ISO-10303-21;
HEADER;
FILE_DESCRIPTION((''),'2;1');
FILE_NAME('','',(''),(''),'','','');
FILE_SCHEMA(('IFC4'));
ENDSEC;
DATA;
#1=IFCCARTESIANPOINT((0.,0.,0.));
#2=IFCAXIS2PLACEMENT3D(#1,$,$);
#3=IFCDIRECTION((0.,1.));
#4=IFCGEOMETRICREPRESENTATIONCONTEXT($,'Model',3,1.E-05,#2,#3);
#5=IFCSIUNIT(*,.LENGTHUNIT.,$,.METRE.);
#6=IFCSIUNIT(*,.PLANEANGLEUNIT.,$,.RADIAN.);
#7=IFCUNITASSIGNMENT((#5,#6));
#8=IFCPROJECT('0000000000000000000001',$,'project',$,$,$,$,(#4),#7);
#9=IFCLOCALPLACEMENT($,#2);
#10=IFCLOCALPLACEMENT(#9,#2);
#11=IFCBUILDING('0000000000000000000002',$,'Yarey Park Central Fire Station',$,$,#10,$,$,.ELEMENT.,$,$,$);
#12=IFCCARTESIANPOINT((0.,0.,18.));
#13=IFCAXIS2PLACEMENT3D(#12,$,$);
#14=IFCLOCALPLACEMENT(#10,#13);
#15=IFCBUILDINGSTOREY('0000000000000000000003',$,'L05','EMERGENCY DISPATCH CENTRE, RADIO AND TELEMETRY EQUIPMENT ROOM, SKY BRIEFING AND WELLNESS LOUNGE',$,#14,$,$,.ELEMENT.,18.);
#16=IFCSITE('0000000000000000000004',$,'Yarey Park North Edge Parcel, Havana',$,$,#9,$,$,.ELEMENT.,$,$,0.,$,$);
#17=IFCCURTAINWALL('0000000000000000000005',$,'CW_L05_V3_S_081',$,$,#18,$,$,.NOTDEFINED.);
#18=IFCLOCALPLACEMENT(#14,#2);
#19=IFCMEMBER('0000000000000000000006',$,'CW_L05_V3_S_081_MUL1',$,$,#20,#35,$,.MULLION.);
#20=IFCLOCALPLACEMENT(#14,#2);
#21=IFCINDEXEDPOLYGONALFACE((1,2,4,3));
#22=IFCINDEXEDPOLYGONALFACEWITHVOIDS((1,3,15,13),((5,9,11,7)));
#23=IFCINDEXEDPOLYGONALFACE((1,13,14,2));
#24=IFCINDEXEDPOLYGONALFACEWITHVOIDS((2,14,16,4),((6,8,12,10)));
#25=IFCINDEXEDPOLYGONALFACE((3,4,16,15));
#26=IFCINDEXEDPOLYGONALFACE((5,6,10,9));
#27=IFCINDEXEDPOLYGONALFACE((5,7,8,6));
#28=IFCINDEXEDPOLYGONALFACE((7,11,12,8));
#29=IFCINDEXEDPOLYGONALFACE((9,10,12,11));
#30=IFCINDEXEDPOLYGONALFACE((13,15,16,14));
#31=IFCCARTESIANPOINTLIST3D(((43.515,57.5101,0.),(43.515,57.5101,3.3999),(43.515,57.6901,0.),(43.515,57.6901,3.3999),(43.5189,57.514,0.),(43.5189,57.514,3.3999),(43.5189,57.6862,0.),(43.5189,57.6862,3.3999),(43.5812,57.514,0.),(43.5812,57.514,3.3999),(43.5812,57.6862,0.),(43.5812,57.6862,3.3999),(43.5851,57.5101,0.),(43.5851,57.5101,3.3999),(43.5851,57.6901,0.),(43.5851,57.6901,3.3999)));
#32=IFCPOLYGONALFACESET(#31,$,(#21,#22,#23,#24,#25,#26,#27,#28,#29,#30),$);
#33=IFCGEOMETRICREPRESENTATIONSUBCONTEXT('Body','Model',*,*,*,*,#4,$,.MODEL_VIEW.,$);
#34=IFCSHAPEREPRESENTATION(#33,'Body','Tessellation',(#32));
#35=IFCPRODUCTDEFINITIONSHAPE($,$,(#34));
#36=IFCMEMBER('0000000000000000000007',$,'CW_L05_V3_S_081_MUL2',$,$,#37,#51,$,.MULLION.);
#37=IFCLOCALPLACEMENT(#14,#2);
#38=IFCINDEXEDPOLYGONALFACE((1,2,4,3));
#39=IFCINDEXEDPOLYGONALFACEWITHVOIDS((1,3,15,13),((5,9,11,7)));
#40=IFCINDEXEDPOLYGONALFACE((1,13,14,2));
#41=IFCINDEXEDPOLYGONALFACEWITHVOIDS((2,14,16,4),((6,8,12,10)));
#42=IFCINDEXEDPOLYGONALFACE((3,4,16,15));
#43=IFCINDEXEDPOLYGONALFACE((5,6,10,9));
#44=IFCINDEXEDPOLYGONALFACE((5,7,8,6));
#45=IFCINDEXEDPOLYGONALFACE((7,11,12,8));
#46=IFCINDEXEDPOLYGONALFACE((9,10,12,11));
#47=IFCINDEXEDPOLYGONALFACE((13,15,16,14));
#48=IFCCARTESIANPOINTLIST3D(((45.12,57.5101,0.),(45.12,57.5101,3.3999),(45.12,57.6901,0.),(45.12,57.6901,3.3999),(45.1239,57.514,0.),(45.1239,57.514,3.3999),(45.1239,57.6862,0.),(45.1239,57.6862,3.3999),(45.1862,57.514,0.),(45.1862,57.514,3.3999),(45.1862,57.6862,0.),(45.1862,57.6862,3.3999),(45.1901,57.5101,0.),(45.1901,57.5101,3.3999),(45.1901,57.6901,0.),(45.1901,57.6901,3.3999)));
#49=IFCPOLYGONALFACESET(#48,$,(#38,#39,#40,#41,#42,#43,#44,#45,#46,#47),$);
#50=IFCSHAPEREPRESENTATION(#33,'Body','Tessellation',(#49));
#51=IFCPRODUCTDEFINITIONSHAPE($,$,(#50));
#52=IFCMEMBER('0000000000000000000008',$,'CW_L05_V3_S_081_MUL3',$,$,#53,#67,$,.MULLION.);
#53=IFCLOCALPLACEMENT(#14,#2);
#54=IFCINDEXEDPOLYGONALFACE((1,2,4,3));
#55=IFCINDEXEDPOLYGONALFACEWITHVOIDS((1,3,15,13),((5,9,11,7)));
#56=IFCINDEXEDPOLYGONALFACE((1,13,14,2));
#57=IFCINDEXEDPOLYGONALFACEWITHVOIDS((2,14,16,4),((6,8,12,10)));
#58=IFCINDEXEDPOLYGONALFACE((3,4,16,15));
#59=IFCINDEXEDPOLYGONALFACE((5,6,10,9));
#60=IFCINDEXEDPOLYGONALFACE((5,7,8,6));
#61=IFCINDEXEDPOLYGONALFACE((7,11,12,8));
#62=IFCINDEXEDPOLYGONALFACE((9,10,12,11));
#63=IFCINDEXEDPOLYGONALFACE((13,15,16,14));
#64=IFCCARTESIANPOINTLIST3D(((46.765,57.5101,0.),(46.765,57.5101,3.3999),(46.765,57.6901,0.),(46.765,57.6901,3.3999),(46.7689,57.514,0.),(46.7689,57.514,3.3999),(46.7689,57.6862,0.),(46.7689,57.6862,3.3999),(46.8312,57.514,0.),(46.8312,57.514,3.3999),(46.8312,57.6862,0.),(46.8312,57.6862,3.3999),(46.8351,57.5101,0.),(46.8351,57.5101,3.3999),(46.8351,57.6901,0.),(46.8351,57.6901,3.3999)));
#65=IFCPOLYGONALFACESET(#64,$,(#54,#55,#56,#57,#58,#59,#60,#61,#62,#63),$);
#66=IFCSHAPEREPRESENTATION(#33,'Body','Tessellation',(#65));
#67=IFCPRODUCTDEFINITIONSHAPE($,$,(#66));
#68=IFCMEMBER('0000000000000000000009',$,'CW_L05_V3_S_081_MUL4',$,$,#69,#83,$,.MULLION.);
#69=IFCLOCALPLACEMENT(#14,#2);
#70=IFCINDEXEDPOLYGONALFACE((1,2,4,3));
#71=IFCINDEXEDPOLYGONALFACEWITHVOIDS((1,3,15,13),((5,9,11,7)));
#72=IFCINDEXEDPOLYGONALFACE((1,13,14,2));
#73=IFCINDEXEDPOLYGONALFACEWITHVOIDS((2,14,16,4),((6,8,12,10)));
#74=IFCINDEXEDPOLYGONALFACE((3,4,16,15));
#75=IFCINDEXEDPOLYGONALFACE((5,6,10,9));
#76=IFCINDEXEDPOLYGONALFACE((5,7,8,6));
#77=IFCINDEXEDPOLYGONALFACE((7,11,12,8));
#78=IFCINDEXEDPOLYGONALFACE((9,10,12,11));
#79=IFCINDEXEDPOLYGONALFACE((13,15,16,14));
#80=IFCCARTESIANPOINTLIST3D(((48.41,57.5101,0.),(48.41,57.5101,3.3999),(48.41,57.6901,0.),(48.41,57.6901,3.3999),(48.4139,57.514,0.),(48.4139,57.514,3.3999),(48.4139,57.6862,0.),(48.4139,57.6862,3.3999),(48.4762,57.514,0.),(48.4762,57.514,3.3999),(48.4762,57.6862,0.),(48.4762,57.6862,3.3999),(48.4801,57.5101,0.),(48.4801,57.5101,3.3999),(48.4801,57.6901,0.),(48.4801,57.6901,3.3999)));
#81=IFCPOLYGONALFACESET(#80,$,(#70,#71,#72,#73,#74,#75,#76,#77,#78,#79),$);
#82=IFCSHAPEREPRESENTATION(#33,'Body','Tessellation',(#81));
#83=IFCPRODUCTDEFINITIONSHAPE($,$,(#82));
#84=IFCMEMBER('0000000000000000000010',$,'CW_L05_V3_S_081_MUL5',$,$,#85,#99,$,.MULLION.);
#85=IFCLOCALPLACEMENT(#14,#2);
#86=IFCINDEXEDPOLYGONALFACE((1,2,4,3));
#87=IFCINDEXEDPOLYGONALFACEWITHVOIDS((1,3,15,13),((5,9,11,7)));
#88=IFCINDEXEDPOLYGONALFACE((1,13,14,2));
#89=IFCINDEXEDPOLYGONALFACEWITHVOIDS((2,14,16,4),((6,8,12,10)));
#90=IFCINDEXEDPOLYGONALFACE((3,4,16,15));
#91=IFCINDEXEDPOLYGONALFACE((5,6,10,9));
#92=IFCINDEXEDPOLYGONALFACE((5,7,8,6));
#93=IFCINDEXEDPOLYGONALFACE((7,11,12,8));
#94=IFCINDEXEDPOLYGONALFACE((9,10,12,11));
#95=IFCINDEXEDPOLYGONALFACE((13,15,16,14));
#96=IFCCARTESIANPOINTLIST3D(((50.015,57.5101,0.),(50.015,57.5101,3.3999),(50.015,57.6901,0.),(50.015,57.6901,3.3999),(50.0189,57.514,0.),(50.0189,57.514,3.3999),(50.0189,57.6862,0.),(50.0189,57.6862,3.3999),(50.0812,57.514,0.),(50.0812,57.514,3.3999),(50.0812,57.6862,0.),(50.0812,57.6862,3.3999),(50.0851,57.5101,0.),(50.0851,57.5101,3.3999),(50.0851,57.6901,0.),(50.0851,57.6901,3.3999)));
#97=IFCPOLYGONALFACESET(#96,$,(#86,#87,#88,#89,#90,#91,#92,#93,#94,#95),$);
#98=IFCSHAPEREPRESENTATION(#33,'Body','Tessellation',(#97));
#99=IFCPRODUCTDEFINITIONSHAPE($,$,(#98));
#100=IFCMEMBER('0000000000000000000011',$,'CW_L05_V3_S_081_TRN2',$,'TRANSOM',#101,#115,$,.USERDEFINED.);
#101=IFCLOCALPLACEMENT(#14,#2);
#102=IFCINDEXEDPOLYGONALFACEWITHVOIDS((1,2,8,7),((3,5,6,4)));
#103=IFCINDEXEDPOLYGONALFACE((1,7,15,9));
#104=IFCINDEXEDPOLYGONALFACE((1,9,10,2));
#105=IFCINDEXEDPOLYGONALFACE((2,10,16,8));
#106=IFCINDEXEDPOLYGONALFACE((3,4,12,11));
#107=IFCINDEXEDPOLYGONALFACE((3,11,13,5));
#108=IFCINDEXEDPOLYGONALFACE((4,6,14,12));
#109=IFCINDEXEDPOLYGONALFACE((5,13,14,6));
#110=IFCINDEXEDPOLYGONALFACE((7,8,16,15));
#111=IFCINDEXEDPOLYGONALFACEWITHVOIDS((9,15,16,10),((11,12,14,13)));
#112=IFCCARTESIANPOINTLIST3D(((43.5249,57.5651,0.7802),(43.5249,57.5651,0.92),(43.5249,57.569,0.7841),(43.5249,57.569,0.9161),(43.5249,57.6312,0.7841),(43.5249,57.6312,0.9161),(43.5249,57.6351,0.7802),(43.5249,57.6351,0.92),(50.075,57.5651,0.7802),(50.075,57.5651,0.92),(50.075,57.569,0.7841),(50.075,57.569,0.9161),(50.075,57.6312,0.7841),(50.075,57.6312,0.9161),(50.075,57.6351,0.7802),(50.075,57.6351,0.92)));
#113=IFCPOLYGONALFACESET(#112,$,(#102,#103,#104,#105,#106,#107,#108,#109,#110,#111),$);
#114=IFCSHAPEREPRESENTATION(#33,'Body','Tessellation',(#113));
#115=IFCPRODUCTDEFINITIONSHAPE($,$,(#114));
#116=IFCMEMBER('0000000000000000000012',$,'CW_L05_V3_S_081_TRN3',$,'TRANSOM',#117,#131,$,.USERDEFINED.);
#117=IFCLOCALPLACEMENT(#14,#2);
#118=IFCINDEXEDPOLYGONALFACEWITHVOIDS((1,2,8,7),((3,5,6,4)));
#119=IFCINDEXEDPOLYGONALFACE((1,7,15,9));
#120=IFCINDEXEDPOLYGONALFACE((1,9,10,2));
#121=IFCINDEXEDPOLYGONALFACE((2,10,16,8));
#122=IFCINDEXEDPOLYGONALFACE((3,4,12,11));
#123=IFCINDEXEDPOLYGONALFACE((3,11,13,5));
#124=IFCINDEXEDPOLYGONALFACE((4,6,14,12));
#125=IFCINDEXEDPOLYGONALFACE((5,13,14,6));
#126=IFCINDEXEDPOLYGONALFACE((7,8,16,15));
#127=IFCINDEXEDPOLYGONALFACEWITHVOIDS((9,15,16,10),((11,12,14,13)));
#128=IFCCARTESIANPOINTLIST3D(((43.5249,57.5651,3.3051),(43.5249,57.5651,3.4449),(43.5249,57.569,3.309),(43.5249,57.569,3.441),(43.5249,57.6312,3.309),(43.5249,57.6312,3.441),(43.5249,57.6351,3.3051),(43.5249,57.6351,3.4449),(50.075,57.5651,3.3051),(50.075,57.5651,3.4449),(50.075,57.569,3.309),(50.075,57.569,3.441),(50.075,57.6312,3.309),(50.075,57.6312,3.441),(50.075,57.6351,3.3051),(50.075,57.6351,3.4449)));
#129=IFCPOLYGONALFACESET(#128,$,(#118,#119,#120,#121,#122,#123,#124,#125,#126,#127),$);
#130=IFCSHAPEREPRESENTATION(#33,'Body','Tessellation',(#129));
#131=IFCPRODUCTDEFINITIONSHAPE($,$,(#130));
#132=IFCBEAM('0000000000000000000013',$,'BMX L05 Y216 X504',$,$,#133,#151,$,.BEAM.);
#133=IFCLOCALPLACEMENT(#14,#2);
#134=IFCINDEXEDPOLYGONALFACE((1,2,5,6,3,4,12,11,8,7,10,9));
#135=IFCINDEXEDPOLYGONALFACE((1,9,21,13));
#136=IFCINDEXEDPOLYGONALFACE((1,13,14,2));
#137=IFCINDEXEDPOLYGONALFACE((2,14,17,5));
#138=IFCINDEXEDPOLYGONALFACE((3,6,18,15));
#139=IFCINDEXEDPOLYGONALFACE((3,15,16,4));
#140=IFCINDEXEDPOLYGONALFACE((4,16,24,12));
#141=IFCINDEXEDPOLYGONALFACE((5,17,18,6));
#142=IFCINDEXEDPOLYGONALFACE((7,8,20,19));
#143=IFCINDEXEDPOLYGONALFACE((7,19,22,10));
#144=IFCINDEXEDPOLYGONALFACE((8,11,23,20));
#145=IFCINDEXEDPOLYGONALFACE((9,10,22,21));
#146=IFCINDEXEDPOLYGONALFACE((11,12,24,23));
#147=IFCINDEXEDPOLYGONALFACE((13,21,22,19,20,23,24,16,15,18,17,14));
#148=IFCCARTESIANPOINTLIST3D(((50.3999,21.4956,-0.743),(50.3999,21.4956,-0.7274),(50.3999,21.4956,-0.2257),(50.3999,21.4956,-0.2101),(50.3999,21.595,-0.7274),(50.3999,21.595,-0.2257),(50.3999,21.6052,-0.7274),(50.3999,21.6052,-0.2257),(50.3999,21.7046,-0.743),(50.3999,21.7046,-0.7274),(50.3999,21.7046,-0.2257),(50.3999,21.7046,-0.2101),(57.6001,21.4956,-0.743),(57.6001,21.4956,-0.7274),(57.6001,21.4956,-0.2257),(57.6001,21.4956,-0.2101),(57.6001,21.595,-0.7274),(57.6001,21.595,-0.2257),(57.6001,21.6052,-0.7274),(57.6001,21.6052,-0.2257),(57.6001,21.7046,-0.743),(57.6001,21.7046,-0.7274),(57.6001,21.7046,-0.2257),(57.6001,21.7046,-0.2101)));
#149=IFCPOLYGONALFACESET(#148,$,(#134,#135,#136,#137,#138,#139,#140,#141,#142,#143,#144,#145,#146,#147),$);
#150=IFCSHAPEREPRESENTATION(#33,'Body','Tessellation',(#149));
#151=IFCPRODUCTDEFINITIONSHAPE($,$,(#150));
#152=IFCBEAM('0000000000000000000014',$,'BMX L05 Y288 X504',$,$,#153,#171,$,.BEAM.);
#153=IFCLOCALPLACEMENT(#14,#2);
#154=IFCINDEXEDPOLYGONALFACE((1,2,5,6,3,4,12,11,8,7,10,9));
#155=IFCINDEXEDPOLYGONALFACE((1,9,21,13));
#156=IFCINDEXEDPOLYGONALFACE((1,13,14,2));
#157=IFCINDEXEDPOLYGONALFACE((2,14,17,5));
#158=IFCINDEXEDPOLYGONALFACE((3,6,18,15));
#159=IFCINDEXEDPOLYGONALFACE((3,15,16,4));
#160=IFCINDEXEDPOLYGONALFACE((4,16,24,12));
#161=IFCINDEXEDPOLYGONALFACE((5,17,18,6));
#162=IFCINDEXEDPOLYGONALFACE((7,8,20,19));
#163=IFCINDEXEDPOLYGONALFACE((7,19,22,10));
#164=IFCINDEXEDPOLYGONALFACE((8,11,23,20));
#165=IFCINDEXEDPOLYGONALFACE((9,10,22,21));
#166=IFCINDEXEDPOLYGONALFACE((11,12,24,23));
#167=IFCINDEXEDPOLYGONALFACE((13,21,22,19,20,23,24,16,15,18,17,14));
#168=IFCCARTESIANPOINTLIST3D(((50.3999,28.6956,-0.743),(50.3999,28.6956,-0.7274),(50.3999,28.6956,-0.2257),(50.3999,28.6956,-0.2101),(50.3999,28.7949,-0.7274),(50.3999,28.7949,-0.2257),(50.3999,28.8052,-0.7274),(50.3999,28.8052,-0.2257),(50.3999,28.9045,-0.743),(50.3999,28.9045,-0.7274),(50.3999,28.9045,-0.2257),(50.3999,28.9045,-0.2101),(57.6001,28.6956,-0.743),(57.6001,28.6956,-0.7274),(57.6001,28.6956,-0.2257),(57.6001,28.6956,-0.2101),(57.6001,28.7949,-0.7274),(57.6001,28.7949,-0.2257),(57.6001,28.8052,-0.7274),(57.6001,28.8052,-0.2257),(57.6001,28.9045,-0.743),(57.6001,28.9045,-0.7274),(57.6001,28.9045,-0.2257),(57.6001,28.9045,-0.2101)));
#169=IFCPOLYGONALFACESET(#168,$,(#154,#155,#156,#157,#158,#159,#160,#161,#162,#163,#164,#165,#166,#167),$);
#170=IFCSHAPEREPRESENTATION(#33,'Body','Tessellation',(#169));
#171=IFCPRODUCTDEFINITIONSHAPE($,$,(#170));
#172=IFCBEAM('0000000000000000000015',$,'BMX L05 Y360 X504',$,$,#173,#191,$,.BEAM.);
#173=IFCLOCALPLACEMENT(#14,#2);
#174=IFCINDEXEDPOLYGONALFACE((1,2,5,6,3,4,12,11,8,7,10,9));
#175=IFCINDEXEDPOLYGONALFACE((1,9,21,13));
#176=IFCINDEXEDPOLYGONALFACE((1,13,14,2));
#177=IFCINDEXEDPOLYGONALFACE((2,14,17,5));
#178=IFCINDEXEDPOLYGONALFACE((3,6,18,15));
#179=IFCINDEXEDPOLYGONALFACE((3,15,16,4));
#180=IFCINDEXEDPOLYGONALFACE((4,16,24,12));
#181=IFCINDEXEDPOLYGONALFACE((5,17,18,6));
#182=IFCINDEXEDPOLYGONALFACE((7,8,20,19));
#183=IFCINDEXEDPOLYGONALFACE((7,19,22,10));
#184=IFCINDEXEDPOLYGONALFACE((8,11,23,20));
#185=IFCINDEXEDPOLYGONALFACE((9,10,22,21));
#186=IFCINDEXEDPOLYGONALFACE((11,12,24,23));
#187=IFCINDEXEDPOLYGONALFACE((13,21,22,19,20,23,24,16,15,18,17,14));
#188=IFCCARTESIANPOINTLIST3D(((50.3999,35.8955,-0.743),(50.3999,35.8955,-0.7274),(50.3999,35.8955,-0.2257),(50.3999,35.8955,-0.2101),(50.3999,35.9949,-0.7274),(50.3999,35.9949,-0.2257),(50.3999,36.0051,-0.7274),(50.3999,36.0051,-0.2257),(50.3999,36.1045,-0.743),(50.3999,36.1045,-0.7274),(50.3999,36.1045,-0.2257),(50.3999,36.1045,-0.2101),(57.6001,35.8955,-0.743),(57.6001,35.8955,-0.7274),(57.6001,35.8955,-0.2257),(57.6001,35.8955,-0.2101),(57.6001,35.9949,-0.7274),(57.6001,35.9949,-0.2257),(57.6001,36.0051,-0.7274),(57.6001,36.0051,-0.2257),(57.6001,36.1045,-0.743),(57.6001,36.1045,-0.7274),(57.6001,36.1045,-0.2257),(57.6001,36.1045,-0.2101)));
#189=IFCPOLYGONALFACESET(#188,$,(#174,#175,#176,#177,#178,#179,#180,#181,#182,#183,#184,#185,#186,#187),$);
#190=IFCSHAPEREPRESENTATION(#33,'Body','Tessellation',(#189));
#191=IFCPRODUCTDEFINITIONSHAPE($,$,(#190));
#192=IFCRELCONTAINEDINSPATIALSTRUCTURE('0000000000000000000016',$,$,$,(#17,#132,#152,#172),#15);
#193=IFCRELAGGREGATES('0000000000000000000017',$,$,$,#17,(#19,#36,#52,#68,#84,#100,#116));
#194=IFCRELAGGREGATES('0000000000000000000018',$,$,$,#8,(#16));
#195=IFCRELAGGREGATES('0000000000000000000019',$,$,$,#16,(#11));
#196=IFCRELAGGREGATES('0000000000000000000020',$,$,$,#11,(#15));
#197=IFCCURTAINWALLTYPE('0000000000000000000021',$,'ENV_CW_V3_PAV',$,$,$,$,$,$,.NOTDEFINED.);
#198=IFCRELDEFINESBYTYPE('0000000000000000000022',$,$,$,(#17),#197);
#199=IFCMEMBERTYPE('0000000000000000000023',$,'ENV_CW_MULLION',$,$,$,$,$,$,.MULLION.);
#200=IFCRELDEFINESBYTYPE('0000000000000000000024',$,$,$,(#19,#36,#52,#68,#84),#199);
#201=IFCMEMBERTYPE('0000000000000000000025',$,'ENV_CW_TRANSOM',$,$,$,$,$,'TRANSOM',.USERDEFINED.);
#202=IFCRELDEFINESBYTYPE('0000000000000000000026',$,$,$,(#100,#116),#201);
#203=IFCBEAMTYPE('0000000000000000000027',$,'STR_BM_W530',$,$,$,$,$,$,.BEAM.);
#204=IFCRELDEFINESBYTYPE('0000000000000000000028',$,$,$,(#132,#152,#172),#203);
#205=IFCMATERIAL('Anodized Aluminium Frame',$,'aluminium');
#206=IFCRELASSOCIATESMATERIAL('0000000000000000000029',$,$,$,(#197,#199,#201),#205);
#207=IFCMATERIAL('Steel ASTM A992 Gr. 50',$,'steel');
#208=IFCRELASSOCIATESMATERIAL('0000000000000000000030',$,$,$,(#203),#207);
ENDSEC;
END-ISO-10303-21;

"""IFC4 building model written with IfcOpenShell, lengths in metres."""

from ifc_helpers import new_model, si_unit, direction, frame, origin, origin_2d, place, context, subcontext, project, spatial, hollow_rectangle, i_section, extrude, material, material_profile, profile_set, type_object, element, aggregate, save


model = new_model("IFC4")

# Units and contexts
model_context = context("Model", 3, precision=1e-05, world=origin(), true_north=direction((0.0, 1.0)))
body_context = subcontext(model_context, "Body", "Model", "MODEL_VIEW")
ifc_project = project(units=[si_unit("LENGTHUNIT", "METRE"), si_unit("PLANEANGLEUNIT", "RADIAN")], contexts=[model_context])

# Site, building, storey
site_placement = place(None, origin())
site = spatial("IfcSite", under=ifc_project, at=site_placement, Name="Yarey Park North Edge Parcel, Havana", CompositionType="ELEMENT", RefElevation=0.0)
building_placement = place(site_placement, origin())
building = spatial("IfcBuilding", under=site, at=building_placement, Name="Yarey Park Central Fire Station", CompositionType="ELEMENT")
storey_placement = place(building_placement, frame((0.0, 0.0, 18.0)))
storey = spatial("IfcBuildingStorey", under=building, at=storey_placement, Name="L05", Description="EMERGENCY DISPATCH CENTRE, RADIO AND TELEMETRY EQUIPMENT ROOM, SKY BRIEFING AND WELLNESS LOUNGE", CompositionType="ELEMENT", Elevation=18.0)

# Curtain wall, members
ifc_material_1 = material(Name="Anodized Aluminium Frame", Category="aluminium")
curtain_wall_type = type_object("IfcCurtainWallType", Name="ENV_CW_V3_PAV", PredefinedType="NOTDEFINED", material=ifc_material_1)
curtain_wall_placement = place(storey_placement, origin())
curtain_wall = element("IfcCurtainWall", 1, at=curtain_wall_placement, inside=storey, type_object=curtain_wall_type, Name="CW_L05_V3_S_081", PredefinedType="NOTDEFINED")
ifc_material_profile_1 = material_profile(ifc_material_1, hollow_rectangle(XDim=0.0701, YDim=0.1799, WallThickness=0.0039, at=origin_2d()), Name="ALU 180x70x4")
ifc_profile_set_1 = profile_set([ifc_material_profile_1], Name="Anodized Aluminium Frame")
member_type_1 = type_object("IfcMemberType", Name="ENV_CW_MULLION", PredefinedType="MULLION", material=ifc_profile_set_1)
member_1_placement = place(storey_placement, frame((43.55, 57.6001, 0.0), z_axis=(0.0, 0.0, 1.0), x_axis=(1.0, 0.0, 0.0)))
member_1 = element("IfcMember", 2, at=member_1_placement, type_object=member_type_1, Name="CW_L05_V3_S_081_MUL1", PredefinedType="MULLION", context=body_context, shape_type="SweptSolid", body=[
    extrude(hollow_rectangle(XDim=0.0701, YDim=0.1799, WallThickness=0.0039, at=origin_2d()), origin(), (0.0, 0.0, 1.0), 3.3999),
])
member_2_placement = place(storey_placement, frame((45.155, 57.6001, 0.0), z_axis=(0.0, 0.0, 1.0), x_axis=(1.0, 0.0, 0.0)))
member_2 = element("IfcMember", 3, at=member_2_placement, type_object=member_type_1, Name="CW_L05_V3_S_081_MUL2", PredefinedType="MULLION", context=body_context, shape_type="SweptSolid", body=[
    extrude(hollow_rectangle(XDim=0.0701, YDim=0.1799, WallThickness=0.0039, at=origin_2d()), origin(), (0.0, 0.0, 1.0), 3.3999),
])
member_3_placement = place(storey_placement, frame((46.8, 57.6001, 0.0), z_axis=(0.0, 0.0, 1.0), x_axis=(1.0, 0.0, 0.0)))
member_3 = element("IfcMember", 4, at=member_3_placement, type_object=member_type_1, Name="CW_L05_V3_S_081_MUL3", PredefinedType="MULLION", context=body_context, shape_type="SweptSolid", body=[
    extrude(hollow_rectangle(XDim=0.0701, YDim=0.1799, WallThickness=0.0039, at=origin_2d()), origin(), (0.0, 0.0, 1.0), 3.3999),
])
member_4_placement = place(storey_placement, frame((48.4451, 57.6001, 0.0), z_axis=(0.0, 0.0, 1.0), x_axis=(1.0, 0.0, 0.0)))
member_4 = element("IfcMember", 5, at=member_4_placement, type_object=member_type_1, Name="CW_L05_V3_S_081_MUL4", PredefinedType="MULLION", context=body_context, shape_type="SweptSolid", body=[
    extrude(hollow_rectangle(XDim=0.0701, YDim=0.1799, WallThickness=0.0039, at=origin_2d()), origin(), (0.0, 0.0, 1.0), 3.3999),
])
member_5_placement = place(storey_placement, frame((50.05, 57.6001, 0.0), z_axis=(0.0, 0.0, 1.0), x_axis=(1.0, 0.0, 0.0)))
member_5 = element("IfcMember", 6, at=member_5_placement, type_object=member_type_1, Name="CW_L05_V3_S_081_MUL5", PredefinedType="MULLION", context=body_context, shape_type="SweptSolid", body=[
    extrude(hollow_rectangle(XDim=0.0701, YDim=0.1799, WallThickness=0.0039, at=origin_2d()), origin(), (0.0, 0.0, 1.0), 3.3999),
])
ifc_material_profile_2 = material_profile(ifc_material_1, hollow_rectangle(XDim=0.0701, YDim=0.1399, WallThickness=0.0039, at=origin_2d()), Name="ALU 140x70x4")
ifc_profile_set_2 = profile_set([ifc_material_profile_2], Name="Anodized Aluminium Frame")
member_type_2 = type_object("IfcMemberType", Name="ENV_CW_TRANSOM", ElementType="TRANSOM", PredefinedType="USERDEFINED", material=ifc_profile_set_2)
member_6_placement = place(storey_placement, frame((43.5249, 57.6001, 0.8501), z_axis=(1.0, 0.0, 0.0), x_axis=(0.0, 1.0, 0.0)))
member_6 = element("IfcMember", 7, at=member_6_placement, type_object=member_type_2, Name="CW_L05_V3_S_081_TRN2", ObjectType="TRANSOM", PredefinedType="USERDEFINED", context=body_context, shape_type="SweptSolid", body=[
    extrude(hollow_rectangle(XDim=0.0701, YDim=0.1399, WallThickness=0.0039, at=origin_2d()), origin(), (0.0, 0.0, 1.0), 6.55),
])
member_7_placement = place(storey_placement, frame((43.5249, 57.6001, 3.375), z_axis=(1.0, 0.0, 0.0), x_axis=(0.0, 1.0, 0.0)))
member_7 = element("IfcMember", 8, at=member_7_placement, type_object=member_type_2, Name="CW_L05_V3_S_081_TRN3", ObjectType="TRANSOM", PredefinedType="USERDEFINED", context=body_context, shape_type="SweptSolid", body=[
    extrude(hollow_rectangle(XDim=0.0701, YDim=0.1399, WallThickness=0.0039, at=origin_2d()), origin(), (0.0, 0.0, 1.0), 6.55),
])

# Beams
ifc_material_2 = material(Name="Steel ASTM A992 Gr. 50", Category="steel")
ifc_material_profile_3 = material_profile(ifc_material_2, i_section(OverallWidth=0.209, OverallDepth=0.533, WebThickness=0.0103, FlangeThickness=0.0156, at=origin_2d()), Name="W530x92")
ifc_profile_set_3 = profile_set([ifc_material_profile_3], Name="Steel ASTM A992 Gr. 50")
beam_type_1 = type_object("IfcBeamType", Name="STR_BM_W530", PredefinedType="BEAM", material=ifc_profile_set_3)
for number, where, z_axis, x_axis, name in (
    (9, (50.3999, 21.6001, -0.4766), (1.0, 0.0, 0.0), (0.0, 1.0, 0.0), "BMX L05 Y216 X504"),
    (10, (50.3999, 28.8, -0.4766), (1.0, 0.0, 0.0), (0.0, 1.0, 0.0), "BMX L05 Y288 X504"),
    (11, (50.3999, 36.0, -0.4766), (1.0, 0.0, 0.0), (0.0, 1.0, 0.0), "BMX L05 Y360 X504"),
):
    element("IfcBeam", number, at=place(storey_placement, frame(where, z_axis=z_axis, x_axis=x_axis)), inside=storey, type_object=beam_type_1, Name=name, PredefinedType="BEAM", context=body_context, shape_type="SweptSolid", body=[
        extrude(i_section(OverallWidth=0.209, OverallDepth=0.533, WebThickness=0.0103, FlangeThickness=0.0156, at=origin_2d()), origin(), (0.0, 0.0, 1.0), 7.2002),
    ])

aggregate(curtain_wall, [member_1, member_2, member_3, member_4, member_5, member_6, member_7])

save(model, "model.ifc")
